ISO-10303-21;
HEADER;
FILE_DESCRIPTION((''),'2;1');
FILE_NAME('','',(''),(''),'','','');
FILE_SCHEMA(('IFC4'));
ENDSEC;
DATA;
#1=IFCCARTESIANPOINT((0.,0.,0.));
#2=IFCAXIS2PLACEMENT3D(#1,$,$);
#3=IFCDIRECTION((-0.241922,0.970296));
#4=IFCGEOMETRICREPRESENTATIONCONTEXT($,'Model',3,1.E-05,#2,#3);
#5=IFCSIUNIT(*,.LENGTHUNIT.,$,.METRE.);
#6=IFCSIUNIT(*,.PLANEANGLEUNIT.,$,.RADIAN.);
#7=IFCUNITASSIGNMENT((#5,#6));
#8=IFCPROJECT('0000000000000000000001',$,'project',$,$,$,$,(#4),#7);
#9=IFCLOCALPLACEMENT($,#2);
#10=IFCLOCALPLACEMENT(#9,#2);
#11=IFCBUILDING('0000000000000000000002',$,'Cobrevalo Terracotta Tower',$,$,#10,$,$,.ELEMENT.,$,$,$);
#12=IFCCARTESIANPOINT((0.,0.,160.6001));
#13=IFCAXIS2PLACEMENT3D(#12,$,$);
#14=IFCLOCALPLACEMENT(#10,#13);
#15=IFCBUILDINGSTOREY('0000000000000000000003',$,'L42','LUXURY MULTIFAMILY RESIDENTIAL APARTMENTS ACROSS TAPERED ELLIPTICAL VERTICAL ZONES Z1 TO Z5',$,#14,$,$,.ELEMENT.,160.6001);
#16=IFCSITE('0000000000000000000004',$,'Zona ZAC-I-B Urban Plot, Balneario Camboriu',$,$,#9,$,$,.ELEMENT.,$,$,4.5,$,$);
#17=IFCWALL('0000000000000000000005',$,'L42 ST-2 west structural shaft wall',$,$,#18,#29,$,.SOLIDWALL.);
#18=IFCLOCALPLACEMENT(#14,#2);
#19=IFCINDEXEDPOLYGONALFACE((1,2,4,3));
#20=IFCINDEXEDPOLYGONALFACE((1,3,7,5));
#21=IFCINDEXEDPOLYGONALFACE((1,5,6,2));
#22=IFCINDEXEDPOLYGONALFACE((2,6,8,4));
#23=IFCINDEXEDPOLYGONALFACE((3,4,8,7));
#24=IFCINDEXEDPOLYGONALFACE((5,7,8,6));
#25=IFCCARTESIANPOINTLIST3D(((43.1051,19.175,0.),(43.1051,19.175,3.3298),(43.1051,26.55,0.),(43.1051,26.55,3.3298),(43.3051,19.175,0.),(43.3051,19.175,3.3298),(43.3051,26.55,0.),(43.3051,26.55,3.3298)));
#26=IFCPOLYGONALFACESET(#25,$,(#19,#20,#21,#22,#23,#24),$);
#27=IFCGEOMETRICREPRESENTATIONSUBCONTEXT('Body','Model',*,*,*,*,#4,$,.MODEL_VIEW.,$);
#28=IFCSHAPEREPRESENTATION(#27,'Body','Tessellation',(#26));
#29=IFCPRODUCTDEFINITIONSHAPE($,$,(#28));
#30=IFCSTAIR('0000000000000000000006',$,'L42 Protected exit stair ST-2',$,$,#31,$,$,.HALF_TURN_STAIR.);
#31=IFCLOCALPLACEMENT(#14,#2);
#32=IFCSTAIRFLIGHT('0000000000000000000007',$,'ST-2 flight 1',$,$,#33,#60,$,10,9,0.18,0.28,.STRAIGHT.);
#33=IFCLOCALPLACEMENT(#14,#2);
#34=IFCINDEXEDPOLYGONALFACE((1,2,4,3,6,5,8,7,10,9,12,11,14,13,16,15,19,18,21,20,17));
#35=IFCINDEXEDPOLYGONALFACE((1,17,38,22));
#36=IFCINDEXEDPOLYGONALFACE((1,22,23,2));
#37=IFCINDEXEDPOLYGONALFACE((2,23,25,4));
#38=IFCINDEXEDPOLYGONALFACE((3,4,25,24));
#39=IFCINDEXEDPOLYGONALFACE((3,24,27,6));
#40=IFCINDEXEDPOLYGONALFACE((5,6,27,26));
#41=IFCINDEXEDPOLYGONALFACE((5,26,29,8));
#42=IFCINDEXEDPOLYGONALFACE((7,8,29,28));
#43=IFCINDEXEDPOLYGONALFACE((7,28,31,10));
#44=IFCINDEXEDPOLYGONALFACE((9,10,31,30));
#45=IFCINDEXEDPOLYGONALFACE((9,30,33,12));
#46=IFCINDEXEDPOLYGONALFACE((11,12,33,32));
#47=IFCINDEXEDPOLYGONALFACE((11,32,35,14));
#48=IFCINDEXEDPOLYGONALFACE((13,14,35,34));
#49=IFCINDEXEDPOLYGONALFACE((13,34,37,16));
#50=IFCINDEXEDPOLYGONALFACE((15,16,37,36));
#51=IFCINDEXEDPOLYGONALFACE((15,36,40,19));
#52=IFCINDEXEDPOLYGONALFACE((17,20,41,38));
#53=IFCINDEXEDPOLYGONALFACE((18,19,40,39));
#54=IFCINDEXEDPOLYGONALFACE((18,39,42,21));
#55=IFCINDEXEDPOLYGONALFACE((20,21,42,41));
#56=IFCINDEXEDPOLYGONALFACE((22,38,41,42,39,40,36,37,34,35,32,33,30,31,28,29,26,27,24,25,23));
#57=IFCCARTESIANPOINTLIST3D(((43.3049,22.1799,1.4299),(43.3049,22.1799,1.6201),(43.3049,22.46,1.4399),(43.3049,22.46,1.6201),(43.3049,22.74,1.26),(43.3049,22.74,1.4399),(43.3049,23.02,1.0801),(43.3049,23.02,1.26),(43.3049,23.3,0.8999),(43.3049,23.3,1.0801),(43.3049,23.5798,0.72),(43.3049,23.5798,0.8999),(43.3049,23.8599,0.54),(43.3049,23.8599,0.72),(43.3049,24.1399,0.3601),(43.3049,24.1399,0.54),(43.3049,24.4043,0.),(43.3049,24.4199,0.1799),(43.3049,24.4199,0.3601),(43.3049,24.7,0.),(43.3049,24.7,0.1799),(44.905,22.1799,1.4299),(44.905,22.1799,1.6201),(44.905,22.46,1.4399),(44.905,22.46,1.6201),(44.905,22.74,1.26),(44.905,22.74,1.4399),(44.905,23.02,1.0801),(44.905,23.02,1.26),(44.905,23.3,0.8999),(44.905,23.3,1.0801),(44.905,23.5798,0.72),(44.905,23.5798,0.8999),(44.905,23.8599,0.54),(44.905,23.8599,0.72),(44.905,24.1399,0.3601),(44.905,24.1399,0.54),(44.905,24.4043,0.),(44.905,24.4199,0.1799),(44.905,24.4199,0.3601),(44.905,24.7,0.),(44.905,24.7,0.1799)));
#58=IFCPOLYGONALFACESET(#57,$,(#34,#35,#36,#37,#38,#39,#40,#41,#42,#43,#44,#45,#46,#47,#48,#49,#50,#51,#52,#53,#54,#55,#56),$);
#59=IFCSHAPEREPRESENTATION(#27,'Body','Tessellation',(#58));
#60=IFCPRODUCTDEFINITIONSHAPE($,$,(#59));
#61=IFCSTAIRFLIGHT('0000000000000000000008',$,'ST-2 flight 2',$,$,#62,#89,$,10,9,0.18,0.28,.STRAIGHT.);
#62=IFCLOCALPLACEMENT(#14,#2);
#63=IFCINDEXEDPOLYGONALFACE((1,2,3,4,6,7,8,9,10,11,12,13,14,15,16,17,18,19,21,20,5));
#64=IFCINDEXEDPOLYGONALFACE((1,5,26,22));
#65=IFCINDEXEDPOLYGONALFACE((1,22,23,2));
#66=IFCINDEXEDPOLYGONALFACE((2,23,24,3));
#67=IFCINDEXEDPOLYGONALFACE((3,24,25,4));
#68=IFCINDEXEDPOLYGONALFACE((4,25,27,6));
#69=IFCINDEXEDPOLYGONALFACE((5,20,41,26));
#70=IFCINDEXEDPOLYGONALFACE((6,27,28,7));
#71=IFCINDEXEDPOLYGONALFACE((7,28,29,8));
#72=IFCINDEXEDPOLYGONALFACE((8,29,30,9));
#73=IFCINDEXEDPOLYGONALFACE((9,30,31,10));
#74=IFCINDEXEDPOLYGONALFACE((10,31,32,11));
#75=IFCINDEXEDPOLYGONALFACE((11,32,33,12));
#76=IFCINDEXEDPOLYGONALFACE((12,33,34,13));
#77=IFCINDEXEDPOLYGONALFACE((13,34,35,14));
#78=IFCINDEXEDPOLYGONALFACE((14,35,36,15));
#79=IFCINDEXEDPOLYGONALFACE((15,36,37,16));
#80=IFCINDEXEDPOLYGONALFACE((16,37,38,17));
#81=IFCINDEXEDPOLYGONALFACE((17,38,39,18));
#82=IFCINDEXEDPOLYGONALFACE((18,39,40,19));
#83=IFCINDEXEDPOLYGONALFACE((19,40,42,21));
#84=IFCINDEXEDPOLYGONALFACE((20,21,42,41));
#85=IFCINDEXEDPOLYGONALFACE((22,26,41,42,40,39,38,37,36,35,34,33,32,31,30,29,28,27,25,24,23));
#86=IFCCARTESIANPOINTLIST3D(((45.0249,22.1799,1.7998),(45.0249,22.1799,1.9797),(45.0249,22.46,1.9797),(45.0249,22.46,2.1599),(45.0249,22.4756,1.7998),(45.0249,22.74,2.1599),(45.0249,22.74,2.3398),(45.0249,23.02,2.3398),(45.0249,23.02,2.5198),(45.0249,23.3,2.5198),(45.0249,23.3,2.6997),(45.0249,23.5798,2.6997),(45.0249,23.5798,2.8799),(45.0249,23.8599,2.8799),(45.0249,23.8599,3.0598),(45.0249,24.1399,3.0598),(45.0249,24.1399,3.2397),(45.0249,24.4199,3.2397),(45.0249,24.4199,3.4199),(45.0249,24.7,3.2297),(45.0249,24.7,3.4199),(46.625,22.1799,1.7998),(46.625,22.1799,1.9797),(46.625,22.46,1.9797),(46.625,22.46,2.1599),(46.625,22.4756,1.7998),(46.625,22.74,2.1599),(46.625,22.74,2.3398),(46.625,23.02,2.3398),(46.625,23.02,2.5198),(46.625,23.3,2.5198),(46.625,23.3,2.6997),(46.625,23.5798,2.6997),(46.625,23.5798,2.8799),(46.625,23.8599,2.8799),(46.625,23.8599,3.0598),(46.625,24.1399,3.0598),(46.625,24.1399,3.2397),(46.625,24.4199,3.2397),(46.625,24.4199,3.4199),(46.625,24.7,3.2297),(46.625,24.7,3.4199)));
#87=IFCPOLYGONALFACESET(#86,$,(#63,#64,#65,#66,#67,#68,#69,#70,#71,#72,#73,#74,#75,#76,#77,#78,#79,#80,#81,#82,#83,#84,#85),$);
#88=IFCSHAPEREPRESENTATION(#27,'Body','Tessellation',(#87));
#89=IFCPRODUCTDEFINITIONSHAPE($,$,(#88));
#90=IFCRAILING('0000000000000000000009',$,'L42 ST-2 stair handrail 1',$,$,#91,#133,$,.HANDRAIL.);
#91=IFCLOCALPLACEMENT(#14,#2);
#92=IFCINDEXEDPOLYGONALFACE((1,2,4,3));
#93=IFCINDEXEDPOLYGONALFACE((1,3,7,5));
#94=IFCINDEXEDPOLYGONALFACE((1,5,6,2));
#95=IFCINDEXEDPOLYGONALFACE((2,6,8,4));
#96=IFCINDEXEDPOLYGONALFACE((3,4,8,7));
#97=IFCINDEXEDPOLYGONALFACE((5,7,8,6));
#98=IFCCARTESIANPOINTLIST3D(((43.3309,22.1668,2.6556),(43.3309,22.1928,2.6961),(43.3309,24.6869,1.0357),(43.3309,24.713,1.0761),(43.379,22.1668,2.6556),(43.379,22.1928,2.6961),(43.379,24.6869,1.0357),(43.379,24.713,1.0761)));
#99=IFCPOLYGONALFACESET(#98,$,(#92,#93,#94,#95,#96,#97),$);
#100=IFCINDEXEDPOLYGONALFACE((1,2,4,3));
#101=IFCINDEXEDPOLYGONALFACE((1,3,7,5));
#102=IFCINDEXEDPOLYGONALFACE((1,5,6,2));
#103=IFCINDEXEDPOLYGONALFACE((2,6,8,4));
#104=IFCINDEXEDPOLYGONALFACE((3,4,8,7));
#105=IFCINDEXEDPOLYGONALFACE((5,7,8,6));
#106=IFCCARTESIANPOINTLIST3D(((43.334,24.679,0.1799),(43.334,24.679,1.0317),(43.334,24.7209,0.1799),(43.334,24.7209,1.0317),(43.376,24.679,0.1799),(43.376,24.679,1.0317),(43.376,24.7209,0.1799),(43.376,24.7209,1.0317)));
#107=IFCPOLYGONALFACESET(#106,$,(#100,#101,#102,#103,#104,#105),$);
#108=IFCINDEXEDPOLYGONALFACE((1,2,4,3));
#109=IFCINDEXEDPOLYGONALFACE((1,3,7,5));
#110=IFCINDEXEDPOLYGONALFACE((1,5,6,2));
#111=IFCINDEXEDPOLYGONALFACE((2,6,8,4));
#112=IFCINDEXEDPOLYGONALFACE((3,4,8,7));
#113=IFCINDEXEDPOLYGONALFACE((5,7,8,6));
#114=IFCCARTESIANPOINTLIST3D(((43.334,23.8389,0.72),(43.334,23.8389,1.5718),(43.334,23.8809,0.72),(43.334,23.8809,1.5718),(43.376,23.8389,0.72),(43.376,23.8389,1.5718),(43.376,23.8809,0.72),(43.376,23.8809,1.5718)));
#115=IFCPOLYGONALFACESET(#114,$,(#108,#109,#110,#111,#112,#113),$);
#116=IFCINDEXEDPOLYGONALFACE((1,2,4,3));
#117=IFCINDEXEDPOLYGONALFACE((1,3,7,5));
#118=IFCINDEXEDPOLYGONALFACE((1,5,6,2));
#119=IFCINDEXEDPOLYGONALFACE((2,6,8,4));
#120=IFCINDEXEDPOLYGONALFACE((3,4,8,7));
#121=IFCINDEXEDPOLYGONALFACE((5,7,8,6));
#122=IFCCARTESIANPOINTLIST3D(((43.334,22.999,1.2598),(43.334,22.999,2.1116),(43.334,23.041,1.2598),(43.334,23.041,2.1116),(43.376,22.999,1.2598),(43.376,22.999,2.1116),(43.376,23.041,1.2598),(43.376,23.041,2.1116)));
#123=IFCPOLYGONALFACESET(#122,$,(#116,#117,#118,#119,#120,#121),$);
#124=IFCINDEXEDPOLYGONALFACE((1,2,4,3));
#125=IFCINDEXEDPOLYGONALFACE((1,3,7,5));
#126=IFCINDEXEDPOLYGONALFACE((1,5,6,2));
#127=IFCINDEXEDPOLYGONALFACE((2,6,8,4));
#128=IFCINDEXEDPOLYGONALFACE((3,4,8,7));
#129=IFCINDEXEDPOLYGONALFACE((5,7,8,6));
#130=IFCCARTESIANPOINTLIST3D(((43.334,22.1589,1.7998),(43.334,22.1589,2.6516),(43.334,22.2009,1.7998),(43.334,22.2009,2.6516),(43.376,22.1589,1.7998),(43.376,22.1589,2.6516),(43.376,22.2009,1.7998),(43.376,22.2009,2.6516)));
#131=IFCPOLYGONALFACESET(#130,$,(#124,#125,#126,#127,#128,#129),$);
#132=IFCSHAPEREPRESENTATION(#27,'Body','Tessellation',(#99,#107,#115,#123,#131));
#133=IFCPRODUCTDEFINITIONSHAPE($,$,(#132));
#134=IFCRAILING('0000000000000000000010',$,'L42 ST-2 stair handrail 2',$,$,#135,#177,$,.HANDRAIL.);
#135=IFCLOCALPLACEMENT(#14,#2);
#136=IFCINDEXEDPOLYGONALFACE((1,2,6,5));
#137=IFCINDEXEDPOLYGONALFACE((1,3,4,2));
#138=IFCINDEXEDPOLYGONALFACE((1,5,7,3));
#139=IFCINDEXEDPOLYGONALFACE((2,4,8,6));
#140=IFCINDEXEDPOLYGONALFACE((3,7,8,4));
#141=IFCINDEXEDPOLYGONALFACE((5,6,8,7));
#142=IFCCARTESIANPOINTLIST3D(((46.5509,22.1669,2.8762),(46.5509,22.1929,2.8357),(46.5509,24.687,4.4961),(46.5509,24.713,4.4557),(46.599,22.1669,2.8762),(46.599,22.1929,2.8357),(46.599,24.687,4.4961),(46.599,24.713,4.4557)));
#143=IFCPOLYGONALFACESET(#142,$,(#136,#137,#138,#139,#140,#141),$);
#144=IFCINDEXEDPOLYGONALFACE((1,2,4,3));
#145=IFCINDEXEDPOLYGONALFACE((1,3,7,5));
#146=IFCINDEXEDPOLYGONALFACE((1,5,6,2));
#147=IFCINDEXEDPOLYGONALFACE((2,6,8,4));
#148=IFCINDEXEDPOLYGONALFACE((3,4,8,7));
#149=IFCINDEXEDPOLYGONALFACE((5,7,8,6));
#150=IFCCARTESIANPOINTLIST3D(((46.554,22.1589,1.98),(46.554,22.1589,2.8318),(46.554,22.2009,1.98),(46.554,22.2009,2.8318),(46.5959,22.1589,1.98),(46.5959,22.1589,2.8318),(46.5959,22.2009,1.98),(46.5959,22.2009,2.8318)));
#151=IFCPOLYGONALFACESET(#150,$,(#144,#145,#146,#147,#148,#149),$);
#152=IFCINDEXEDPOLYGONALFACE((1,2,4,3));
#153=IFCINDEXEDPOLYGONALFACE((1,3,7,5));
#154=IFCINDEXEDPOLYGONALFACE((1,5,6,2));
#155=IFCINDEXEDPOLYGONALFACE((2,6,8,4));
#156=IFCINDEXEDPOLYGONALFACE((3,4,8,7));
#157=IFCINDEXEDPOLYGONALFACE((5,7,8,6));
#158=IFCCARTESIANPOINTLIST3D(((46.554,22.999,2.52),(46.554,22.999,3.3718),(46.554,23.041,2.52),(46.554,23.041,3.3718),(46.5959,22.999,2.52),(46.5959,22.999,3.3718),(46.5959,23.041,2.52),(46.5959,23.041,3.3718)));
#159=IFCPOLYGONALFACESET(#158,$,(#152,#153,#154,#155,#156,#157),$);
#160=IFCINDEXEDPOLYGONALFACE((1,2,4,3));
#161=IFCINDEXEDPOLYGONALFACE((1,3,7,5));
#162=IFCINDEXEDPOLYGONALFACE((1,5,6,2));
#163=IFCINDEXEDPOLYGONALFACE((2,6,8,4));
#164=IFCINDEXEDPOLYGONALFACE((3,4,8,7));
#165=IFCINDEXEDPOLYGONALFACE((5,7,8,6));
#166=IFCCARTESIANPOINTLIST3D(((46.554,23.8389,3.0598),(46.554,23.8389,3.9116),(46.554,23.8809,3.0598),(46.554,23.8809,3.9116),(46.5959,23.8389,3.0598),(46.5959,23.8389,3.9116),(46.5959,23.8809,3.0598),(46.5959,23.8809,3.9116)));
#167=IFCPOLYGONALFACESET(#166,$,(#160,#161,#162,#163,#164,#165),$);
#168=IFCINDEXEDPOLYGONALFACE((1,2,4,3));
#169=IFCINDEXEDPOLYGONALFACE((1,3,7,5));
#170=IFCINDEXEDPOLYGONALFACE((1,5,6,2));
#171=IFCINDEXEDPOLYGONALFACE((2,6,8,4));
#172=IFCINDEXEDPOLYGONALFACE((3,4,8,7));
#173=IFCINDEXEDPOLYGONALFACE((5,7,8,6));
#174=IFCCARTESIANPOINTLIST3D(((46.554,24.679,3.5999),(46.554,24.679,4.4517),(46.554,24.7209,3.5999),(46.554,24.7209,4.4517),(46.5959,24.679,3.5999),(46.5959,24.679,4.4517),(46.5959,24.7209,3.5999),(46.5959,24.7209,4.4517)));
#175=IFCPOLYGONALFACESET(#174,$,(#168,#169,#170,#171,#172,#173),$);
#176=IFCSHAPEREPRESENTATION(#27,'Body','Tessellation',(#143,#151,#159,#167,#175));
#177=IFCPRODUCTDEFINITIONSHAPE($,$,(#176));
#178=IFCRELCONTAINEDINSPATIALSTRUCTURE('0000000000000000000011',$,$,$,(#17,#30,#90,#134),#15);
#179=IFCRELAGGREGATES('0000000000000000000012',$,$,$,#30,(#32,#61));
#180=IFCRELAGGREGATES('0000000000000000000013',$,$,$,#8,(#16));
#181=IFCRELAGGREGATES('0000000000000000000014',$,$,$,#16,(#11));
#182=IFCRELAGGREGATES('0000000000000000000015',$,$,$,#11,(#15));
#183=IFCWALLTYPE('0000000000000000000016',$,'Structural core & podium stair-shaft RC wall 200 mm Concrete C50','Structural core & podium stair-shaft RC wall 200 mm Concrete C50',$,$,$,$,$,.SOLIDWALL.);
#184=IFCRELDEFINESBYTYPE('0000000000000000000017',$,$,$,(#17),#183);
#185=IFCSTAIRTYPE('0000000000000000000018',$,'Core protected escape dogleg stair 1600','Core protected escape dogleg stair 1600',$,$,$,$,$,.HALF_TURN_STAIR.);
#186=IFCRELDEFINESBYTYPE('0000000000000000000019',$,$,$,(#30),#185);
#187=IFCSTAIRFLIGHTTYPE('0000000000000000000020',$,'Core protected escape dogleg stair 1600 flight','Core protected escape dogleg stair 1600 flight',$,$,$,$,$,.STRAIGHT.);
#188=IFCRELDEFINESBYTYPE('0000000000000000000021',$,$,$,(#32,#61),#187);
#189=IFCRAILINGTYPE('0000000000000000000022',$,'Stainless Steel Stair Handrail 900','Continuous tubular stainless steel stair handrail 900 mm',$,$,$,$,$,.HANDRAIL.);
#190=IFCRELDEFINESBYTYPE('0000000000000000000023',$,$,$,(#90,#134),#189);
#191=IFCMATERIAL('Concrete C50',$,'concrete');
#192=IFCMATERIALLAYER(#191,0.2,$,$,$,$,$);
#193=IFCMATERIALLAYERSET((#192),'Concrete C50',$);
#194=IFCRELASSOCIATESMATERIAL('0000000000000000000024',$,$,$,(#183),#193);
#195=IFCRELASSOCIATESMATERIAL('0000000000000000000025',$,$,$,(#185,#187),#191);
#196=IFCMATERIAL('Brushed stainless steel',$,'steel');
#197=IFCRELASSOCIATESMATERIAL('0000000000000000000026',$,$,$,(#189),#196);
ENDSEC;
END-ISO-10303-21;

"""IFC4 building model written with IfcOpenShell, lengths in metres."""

from ifc_helpers import new_model, si_unit, direction, frame, frame_2d, origin, origin_2d, place, context, subcontext, project, spatial, polyline, rectangle, outline, extrude, material, layer, layer_set, type_object, element, aggregate, save


model = new_model("IFC4")

# Units and contexts
model_context = context("Model", 3, precision=1e-05, world=origin(), true_north=direction((-0.241922, 0.970296)))
body_context = subcontext(model_context, "Body", "Model", "MODEL_VIEW")
ifc_project = project(units=[si_unit("LENGTHUNIT", "METRE"), si_unit("PLANEANGLEUNIT", "RADIAN")], contexts=[model_context])

# Site, building, storey
site_placement = place(None, origin())
site = spatial("IfcSite", under=ifc_project, at=site_placement, Name="Zona ZAC-I-B Urban Plot, Balneario Camboriu", CompositionType="ELEMENT", RefElevation=4.5)
building_placement = place(site_placement, origin())
building = spatial("IfcBuilding", under=site, at=building_placement, Name="Cobrevalo Terracotta Tower", CompositionType="ELEMENT")
storey_placement = place(building_placement, frame((0.0, 0.0, 160.6001)))
storey = spatial("IfcBuildingStorey", under=building, at=storey_placement, Name="L42", Description="LUXURY MULTIFAMILY RESIDENTIAL APARTMENTS ACROSS TAPERED ELLIPTICAL VERTICAL ZONES Z1 TO Z5", CompositionType="ELEMENT", Elevation=160.6001)

# Shared definitions
ifc_material_1 = material(Name="Concrete C50", Category="concrete")

# Wall
ifc_layer_1 = layer(ifc_material_1, 0.2)
ifc_layer_set_1 = layer_set([ifc_layer_1], Name="Concrete C50")
wall_type_1 = type_object("IfcWallType", Name="Structural core & podium stair-shaft RC wall 200 mm Concrete C50", Description="Structural core & podium stair-shaft RC wall 200 mm Concrete C50", PredefinedType="SOLIDWALL", material=ifc_layer_set_1)
wall_1_placement = place(storey_placement, frame((43.2051, 19.175, 0.0), z_axis=(0.0, 0.0, 1.0), x_axis=(0.0, 1.0, 0.0)))
element("IfcWall", 1, at=wall_1_placement, inside=storey, type_object=wall_type_1, Name="L42 ST-2 west structural shaft wall", PredefinedType="SOLIDWALL", context=body_context, shape_type="SweptSolid", body=[
    extrude(rectangle(XDim=7.375, YDim=0.2, at=frame_2d((3.6875, 0.0))), origin(), (0.0, 0.0, 1.0), 3.3298),
])

# Stair, stair flights
stair_type = type_object("IfcStairType", Name="Core protected escape dogleg stair 1600", Description="Core protected escape dogleg stair 1600", PredefinedType="HALF_TURN_STAIR", material=ifc_material_1)
stair_placement = place(storey_placement, origin())
stair = element("IfcStair", 2, at=stair_placement, inside=storey, type_object=stair_type, Name="L42 Protected exit stair ST-2", PredefinedType="HALF_TURN_STAIR")
stair_flight_type = type_object("IfcStairFlightType", Name="Core protected escape dogleg stair 1600 flight", Description="Core protected escape dogleg stair 1600 flight", PredefinedType="STRAIGHT", material=ifc_material_1)
stair_flight_1_placement = place(storey_placement, frame((44.105, 24.7, 0.0), z_axis=(0.0, 0.0, 1.0), x_axis=(0.0, -1.0, 0.0)))
stair_flight_1 = element("IfcStairFlight", 3, at=stair_flight_1_placement, type_object=stair_flight_type, Name="ST-2 flight 1", NumberOfRisers=10, NumberOfTreads=9, PredefinedType="STRAIGHT", RiserHeight=0.18, TreadLength=0.28, context=body_context, shape_type="SweptSolid", body=[
    extrude(outline(polyline([(0.0, 0.0), (0.0, 0.1799), (0.28, 0.1799), (0.28, 0.3601), (0.5601, 0.3601), (0.5601, 0.54), (0.8401, 0.54), (0.8401, 0.72), (1.1201, 0.72), (1.1201, 0.8999), (1.3999, 0.8999), (1.3999, 1.0801), (1.6799, 1.0801), (1.6799, 1.26), (1.96, 1.26), (1.96, 1.4399), (2.24, 1.4399), (2.24, 1.6201), (2.52, 1.6201), (2.52, 1.8), (2.52, 1.4299), (0.2957, 0.0), (0.0, 0.0)])), frame((0.0, 0.8, 0.0), z_axis=(0.0, -1.0, 0.0), x_axis=(1.0, 0.0, 0.0)), (0.0, 0.0, 1.0), 1.6001),
])
stair_flight_2_placement = place(storey_placement, frame((45.825, 22.1799, 1.7998), z_axis=(0.0, 0.0, 1.0), x_axis=(0.0, 1.0, 0.0)))
stair_flight_2 = element("IfcStairFlight", 4, at=stair_flight_2_placement, type_object=stair_flight_type, Name="ST-2 flight 2", NumberOfRisers=10, NumberOfTreads=9, PredefinedType="STRAIGHT", RiserHeight=0.18, TreadLength=0.28, context=body_context, shape_type="SweptSolid", body=[
    extrude(outline(polyline([(0.0, 0.0), (0.0, 0.1799), (0.28, 0.1799), (0.28, 0.3601), (0.5601, 0.3601), (0.5601, 0.54), (0.8401, 0.54), (0.8401, 0.72), (1.1201, 0.72), (1.1201, 0.8999), (1.3999, 0.8999), (1.3999, 1.0801), (1.6799, 1.0801), (1.6799, 1.26), (1.96, 1.26), (1.96, 1.4399), (2.24, 1.4399), (2.24, 1.6201), (2.52, 1.6201), (2.52, 1.8), (2.52, 1.4299), (0.2957, 0.0), (0.0, 0.0)])), frame((0.0, 0.8, 0.0), z_axis=(0.0, -1.0, 0.0), x_axis=(1.0, 0.0, 0.0)), (0.0, 0.0, 1.0), 1.6001),
])
aggregate(stair, [stair_flight_1, stair_flight_2])

# Railings
ifc_material_2 = material(Name="Brushed stainless steel", Category="steel")
railing_type_1 = type_object("IfcRailingType", Name="Stainless Steel Stair Handrail 900", Description="Continuous tubular stainless steel stair handrail 900 mm", PredefinedType="HANDRAIL", material=ifc_material_2)
railing_1_placement = place(storey_placement, frame((43.355, 24.7, 0.1799)))
element("IfcRailing", 5, at=railing_1_placement, inside=storey, type_object=railing_type_1, Name="L42 ST-2 stair handrail 1", PredefinedType="HANDRAIL", context=body_context, shape_type="SweptSolid", body=[
    extrude(rectangle(XDim=0.0481, YDim=0.0481, at=origin_2d()), frame((0.0, 0.0, 0.876), z_axis=(0.0, -0.8412, 0.540725), x_axis=(1.0, 0.0, 0.0)), (0.0, 0.0, 1.0), 2.9958),
    extrude(rectangle(XDim=0.042, YDim=0.042, at=origin_2d()), origin(), (0.0, 0.0, 1.0), 0.8518),
    extrude(rectangle(XDim=0.042, YDim=0.042, at=origin_2d()), frame((0.0, -0.8401, 0.54)), (0.0, 0.0, 1.0), 0.8518),
    extrude(rectangle(XDim=0.042, YDim=0.042, at=origin_2d()), frame((0.0, -1.6799, 1.0798)), (0.0, 0.0, 1.0), 0.8518),
    extrude(rectangle(XDim=0.042, YDim=0.042, at=origin_2d()), frame((0.0, -2.52, 1.6199)), (0.0, 0.0, 1.0), 0.8518),
])
railing_2_placement = place(storey_placement, frame((46.575, 22.1799, 1.98)))
element("IfcRailing", 6, at=railing_2_placement, inside=storey, type_object=railing_type_1, Name="L42 ST-2 stair handrail 2", PredefinedType="HANDRAIL", context=body_context, shape_type="SweptSolid", body=[
    extrude(rectangle(XDim=0.0481, YDim=0.0481, at=origin_2d()), frame((0.0, 0.0, 0.876), z_axis=(0.0, 0.8412, 0.540725), x_axis=(-1.0, 0.0, 0.0)), (0.0, 0.0, 1.0), 2.9958),
    extrude(rectangle(XDim=0.042, YDim=0.042, at=origin_2d()), origin(), (0.0, 0.0, 1.0), 0.8518),
    extrude(rectangle(XDim=0.042, YDim=0.042, at=origin_2d()), frame((0.0, 0.8401, 0.54)), (0.0, 0.0, 1.0), 0.8518),
    extrude(rectangle(XDim=0.042, YDim=0.042, at=origin_2d()), frame((0.0, 1.6799, 1.0798)), (0.0, 0.0, 1.0), 0.8518),
    extrude(rectangle(XDim=0.042, YDim=0.042, at=origin_2d()), frame((0.0, 2.52, 1.6199)), (0.0, 0.0, 1.0), 0.8518),
])

save(model, "model.ifc")
